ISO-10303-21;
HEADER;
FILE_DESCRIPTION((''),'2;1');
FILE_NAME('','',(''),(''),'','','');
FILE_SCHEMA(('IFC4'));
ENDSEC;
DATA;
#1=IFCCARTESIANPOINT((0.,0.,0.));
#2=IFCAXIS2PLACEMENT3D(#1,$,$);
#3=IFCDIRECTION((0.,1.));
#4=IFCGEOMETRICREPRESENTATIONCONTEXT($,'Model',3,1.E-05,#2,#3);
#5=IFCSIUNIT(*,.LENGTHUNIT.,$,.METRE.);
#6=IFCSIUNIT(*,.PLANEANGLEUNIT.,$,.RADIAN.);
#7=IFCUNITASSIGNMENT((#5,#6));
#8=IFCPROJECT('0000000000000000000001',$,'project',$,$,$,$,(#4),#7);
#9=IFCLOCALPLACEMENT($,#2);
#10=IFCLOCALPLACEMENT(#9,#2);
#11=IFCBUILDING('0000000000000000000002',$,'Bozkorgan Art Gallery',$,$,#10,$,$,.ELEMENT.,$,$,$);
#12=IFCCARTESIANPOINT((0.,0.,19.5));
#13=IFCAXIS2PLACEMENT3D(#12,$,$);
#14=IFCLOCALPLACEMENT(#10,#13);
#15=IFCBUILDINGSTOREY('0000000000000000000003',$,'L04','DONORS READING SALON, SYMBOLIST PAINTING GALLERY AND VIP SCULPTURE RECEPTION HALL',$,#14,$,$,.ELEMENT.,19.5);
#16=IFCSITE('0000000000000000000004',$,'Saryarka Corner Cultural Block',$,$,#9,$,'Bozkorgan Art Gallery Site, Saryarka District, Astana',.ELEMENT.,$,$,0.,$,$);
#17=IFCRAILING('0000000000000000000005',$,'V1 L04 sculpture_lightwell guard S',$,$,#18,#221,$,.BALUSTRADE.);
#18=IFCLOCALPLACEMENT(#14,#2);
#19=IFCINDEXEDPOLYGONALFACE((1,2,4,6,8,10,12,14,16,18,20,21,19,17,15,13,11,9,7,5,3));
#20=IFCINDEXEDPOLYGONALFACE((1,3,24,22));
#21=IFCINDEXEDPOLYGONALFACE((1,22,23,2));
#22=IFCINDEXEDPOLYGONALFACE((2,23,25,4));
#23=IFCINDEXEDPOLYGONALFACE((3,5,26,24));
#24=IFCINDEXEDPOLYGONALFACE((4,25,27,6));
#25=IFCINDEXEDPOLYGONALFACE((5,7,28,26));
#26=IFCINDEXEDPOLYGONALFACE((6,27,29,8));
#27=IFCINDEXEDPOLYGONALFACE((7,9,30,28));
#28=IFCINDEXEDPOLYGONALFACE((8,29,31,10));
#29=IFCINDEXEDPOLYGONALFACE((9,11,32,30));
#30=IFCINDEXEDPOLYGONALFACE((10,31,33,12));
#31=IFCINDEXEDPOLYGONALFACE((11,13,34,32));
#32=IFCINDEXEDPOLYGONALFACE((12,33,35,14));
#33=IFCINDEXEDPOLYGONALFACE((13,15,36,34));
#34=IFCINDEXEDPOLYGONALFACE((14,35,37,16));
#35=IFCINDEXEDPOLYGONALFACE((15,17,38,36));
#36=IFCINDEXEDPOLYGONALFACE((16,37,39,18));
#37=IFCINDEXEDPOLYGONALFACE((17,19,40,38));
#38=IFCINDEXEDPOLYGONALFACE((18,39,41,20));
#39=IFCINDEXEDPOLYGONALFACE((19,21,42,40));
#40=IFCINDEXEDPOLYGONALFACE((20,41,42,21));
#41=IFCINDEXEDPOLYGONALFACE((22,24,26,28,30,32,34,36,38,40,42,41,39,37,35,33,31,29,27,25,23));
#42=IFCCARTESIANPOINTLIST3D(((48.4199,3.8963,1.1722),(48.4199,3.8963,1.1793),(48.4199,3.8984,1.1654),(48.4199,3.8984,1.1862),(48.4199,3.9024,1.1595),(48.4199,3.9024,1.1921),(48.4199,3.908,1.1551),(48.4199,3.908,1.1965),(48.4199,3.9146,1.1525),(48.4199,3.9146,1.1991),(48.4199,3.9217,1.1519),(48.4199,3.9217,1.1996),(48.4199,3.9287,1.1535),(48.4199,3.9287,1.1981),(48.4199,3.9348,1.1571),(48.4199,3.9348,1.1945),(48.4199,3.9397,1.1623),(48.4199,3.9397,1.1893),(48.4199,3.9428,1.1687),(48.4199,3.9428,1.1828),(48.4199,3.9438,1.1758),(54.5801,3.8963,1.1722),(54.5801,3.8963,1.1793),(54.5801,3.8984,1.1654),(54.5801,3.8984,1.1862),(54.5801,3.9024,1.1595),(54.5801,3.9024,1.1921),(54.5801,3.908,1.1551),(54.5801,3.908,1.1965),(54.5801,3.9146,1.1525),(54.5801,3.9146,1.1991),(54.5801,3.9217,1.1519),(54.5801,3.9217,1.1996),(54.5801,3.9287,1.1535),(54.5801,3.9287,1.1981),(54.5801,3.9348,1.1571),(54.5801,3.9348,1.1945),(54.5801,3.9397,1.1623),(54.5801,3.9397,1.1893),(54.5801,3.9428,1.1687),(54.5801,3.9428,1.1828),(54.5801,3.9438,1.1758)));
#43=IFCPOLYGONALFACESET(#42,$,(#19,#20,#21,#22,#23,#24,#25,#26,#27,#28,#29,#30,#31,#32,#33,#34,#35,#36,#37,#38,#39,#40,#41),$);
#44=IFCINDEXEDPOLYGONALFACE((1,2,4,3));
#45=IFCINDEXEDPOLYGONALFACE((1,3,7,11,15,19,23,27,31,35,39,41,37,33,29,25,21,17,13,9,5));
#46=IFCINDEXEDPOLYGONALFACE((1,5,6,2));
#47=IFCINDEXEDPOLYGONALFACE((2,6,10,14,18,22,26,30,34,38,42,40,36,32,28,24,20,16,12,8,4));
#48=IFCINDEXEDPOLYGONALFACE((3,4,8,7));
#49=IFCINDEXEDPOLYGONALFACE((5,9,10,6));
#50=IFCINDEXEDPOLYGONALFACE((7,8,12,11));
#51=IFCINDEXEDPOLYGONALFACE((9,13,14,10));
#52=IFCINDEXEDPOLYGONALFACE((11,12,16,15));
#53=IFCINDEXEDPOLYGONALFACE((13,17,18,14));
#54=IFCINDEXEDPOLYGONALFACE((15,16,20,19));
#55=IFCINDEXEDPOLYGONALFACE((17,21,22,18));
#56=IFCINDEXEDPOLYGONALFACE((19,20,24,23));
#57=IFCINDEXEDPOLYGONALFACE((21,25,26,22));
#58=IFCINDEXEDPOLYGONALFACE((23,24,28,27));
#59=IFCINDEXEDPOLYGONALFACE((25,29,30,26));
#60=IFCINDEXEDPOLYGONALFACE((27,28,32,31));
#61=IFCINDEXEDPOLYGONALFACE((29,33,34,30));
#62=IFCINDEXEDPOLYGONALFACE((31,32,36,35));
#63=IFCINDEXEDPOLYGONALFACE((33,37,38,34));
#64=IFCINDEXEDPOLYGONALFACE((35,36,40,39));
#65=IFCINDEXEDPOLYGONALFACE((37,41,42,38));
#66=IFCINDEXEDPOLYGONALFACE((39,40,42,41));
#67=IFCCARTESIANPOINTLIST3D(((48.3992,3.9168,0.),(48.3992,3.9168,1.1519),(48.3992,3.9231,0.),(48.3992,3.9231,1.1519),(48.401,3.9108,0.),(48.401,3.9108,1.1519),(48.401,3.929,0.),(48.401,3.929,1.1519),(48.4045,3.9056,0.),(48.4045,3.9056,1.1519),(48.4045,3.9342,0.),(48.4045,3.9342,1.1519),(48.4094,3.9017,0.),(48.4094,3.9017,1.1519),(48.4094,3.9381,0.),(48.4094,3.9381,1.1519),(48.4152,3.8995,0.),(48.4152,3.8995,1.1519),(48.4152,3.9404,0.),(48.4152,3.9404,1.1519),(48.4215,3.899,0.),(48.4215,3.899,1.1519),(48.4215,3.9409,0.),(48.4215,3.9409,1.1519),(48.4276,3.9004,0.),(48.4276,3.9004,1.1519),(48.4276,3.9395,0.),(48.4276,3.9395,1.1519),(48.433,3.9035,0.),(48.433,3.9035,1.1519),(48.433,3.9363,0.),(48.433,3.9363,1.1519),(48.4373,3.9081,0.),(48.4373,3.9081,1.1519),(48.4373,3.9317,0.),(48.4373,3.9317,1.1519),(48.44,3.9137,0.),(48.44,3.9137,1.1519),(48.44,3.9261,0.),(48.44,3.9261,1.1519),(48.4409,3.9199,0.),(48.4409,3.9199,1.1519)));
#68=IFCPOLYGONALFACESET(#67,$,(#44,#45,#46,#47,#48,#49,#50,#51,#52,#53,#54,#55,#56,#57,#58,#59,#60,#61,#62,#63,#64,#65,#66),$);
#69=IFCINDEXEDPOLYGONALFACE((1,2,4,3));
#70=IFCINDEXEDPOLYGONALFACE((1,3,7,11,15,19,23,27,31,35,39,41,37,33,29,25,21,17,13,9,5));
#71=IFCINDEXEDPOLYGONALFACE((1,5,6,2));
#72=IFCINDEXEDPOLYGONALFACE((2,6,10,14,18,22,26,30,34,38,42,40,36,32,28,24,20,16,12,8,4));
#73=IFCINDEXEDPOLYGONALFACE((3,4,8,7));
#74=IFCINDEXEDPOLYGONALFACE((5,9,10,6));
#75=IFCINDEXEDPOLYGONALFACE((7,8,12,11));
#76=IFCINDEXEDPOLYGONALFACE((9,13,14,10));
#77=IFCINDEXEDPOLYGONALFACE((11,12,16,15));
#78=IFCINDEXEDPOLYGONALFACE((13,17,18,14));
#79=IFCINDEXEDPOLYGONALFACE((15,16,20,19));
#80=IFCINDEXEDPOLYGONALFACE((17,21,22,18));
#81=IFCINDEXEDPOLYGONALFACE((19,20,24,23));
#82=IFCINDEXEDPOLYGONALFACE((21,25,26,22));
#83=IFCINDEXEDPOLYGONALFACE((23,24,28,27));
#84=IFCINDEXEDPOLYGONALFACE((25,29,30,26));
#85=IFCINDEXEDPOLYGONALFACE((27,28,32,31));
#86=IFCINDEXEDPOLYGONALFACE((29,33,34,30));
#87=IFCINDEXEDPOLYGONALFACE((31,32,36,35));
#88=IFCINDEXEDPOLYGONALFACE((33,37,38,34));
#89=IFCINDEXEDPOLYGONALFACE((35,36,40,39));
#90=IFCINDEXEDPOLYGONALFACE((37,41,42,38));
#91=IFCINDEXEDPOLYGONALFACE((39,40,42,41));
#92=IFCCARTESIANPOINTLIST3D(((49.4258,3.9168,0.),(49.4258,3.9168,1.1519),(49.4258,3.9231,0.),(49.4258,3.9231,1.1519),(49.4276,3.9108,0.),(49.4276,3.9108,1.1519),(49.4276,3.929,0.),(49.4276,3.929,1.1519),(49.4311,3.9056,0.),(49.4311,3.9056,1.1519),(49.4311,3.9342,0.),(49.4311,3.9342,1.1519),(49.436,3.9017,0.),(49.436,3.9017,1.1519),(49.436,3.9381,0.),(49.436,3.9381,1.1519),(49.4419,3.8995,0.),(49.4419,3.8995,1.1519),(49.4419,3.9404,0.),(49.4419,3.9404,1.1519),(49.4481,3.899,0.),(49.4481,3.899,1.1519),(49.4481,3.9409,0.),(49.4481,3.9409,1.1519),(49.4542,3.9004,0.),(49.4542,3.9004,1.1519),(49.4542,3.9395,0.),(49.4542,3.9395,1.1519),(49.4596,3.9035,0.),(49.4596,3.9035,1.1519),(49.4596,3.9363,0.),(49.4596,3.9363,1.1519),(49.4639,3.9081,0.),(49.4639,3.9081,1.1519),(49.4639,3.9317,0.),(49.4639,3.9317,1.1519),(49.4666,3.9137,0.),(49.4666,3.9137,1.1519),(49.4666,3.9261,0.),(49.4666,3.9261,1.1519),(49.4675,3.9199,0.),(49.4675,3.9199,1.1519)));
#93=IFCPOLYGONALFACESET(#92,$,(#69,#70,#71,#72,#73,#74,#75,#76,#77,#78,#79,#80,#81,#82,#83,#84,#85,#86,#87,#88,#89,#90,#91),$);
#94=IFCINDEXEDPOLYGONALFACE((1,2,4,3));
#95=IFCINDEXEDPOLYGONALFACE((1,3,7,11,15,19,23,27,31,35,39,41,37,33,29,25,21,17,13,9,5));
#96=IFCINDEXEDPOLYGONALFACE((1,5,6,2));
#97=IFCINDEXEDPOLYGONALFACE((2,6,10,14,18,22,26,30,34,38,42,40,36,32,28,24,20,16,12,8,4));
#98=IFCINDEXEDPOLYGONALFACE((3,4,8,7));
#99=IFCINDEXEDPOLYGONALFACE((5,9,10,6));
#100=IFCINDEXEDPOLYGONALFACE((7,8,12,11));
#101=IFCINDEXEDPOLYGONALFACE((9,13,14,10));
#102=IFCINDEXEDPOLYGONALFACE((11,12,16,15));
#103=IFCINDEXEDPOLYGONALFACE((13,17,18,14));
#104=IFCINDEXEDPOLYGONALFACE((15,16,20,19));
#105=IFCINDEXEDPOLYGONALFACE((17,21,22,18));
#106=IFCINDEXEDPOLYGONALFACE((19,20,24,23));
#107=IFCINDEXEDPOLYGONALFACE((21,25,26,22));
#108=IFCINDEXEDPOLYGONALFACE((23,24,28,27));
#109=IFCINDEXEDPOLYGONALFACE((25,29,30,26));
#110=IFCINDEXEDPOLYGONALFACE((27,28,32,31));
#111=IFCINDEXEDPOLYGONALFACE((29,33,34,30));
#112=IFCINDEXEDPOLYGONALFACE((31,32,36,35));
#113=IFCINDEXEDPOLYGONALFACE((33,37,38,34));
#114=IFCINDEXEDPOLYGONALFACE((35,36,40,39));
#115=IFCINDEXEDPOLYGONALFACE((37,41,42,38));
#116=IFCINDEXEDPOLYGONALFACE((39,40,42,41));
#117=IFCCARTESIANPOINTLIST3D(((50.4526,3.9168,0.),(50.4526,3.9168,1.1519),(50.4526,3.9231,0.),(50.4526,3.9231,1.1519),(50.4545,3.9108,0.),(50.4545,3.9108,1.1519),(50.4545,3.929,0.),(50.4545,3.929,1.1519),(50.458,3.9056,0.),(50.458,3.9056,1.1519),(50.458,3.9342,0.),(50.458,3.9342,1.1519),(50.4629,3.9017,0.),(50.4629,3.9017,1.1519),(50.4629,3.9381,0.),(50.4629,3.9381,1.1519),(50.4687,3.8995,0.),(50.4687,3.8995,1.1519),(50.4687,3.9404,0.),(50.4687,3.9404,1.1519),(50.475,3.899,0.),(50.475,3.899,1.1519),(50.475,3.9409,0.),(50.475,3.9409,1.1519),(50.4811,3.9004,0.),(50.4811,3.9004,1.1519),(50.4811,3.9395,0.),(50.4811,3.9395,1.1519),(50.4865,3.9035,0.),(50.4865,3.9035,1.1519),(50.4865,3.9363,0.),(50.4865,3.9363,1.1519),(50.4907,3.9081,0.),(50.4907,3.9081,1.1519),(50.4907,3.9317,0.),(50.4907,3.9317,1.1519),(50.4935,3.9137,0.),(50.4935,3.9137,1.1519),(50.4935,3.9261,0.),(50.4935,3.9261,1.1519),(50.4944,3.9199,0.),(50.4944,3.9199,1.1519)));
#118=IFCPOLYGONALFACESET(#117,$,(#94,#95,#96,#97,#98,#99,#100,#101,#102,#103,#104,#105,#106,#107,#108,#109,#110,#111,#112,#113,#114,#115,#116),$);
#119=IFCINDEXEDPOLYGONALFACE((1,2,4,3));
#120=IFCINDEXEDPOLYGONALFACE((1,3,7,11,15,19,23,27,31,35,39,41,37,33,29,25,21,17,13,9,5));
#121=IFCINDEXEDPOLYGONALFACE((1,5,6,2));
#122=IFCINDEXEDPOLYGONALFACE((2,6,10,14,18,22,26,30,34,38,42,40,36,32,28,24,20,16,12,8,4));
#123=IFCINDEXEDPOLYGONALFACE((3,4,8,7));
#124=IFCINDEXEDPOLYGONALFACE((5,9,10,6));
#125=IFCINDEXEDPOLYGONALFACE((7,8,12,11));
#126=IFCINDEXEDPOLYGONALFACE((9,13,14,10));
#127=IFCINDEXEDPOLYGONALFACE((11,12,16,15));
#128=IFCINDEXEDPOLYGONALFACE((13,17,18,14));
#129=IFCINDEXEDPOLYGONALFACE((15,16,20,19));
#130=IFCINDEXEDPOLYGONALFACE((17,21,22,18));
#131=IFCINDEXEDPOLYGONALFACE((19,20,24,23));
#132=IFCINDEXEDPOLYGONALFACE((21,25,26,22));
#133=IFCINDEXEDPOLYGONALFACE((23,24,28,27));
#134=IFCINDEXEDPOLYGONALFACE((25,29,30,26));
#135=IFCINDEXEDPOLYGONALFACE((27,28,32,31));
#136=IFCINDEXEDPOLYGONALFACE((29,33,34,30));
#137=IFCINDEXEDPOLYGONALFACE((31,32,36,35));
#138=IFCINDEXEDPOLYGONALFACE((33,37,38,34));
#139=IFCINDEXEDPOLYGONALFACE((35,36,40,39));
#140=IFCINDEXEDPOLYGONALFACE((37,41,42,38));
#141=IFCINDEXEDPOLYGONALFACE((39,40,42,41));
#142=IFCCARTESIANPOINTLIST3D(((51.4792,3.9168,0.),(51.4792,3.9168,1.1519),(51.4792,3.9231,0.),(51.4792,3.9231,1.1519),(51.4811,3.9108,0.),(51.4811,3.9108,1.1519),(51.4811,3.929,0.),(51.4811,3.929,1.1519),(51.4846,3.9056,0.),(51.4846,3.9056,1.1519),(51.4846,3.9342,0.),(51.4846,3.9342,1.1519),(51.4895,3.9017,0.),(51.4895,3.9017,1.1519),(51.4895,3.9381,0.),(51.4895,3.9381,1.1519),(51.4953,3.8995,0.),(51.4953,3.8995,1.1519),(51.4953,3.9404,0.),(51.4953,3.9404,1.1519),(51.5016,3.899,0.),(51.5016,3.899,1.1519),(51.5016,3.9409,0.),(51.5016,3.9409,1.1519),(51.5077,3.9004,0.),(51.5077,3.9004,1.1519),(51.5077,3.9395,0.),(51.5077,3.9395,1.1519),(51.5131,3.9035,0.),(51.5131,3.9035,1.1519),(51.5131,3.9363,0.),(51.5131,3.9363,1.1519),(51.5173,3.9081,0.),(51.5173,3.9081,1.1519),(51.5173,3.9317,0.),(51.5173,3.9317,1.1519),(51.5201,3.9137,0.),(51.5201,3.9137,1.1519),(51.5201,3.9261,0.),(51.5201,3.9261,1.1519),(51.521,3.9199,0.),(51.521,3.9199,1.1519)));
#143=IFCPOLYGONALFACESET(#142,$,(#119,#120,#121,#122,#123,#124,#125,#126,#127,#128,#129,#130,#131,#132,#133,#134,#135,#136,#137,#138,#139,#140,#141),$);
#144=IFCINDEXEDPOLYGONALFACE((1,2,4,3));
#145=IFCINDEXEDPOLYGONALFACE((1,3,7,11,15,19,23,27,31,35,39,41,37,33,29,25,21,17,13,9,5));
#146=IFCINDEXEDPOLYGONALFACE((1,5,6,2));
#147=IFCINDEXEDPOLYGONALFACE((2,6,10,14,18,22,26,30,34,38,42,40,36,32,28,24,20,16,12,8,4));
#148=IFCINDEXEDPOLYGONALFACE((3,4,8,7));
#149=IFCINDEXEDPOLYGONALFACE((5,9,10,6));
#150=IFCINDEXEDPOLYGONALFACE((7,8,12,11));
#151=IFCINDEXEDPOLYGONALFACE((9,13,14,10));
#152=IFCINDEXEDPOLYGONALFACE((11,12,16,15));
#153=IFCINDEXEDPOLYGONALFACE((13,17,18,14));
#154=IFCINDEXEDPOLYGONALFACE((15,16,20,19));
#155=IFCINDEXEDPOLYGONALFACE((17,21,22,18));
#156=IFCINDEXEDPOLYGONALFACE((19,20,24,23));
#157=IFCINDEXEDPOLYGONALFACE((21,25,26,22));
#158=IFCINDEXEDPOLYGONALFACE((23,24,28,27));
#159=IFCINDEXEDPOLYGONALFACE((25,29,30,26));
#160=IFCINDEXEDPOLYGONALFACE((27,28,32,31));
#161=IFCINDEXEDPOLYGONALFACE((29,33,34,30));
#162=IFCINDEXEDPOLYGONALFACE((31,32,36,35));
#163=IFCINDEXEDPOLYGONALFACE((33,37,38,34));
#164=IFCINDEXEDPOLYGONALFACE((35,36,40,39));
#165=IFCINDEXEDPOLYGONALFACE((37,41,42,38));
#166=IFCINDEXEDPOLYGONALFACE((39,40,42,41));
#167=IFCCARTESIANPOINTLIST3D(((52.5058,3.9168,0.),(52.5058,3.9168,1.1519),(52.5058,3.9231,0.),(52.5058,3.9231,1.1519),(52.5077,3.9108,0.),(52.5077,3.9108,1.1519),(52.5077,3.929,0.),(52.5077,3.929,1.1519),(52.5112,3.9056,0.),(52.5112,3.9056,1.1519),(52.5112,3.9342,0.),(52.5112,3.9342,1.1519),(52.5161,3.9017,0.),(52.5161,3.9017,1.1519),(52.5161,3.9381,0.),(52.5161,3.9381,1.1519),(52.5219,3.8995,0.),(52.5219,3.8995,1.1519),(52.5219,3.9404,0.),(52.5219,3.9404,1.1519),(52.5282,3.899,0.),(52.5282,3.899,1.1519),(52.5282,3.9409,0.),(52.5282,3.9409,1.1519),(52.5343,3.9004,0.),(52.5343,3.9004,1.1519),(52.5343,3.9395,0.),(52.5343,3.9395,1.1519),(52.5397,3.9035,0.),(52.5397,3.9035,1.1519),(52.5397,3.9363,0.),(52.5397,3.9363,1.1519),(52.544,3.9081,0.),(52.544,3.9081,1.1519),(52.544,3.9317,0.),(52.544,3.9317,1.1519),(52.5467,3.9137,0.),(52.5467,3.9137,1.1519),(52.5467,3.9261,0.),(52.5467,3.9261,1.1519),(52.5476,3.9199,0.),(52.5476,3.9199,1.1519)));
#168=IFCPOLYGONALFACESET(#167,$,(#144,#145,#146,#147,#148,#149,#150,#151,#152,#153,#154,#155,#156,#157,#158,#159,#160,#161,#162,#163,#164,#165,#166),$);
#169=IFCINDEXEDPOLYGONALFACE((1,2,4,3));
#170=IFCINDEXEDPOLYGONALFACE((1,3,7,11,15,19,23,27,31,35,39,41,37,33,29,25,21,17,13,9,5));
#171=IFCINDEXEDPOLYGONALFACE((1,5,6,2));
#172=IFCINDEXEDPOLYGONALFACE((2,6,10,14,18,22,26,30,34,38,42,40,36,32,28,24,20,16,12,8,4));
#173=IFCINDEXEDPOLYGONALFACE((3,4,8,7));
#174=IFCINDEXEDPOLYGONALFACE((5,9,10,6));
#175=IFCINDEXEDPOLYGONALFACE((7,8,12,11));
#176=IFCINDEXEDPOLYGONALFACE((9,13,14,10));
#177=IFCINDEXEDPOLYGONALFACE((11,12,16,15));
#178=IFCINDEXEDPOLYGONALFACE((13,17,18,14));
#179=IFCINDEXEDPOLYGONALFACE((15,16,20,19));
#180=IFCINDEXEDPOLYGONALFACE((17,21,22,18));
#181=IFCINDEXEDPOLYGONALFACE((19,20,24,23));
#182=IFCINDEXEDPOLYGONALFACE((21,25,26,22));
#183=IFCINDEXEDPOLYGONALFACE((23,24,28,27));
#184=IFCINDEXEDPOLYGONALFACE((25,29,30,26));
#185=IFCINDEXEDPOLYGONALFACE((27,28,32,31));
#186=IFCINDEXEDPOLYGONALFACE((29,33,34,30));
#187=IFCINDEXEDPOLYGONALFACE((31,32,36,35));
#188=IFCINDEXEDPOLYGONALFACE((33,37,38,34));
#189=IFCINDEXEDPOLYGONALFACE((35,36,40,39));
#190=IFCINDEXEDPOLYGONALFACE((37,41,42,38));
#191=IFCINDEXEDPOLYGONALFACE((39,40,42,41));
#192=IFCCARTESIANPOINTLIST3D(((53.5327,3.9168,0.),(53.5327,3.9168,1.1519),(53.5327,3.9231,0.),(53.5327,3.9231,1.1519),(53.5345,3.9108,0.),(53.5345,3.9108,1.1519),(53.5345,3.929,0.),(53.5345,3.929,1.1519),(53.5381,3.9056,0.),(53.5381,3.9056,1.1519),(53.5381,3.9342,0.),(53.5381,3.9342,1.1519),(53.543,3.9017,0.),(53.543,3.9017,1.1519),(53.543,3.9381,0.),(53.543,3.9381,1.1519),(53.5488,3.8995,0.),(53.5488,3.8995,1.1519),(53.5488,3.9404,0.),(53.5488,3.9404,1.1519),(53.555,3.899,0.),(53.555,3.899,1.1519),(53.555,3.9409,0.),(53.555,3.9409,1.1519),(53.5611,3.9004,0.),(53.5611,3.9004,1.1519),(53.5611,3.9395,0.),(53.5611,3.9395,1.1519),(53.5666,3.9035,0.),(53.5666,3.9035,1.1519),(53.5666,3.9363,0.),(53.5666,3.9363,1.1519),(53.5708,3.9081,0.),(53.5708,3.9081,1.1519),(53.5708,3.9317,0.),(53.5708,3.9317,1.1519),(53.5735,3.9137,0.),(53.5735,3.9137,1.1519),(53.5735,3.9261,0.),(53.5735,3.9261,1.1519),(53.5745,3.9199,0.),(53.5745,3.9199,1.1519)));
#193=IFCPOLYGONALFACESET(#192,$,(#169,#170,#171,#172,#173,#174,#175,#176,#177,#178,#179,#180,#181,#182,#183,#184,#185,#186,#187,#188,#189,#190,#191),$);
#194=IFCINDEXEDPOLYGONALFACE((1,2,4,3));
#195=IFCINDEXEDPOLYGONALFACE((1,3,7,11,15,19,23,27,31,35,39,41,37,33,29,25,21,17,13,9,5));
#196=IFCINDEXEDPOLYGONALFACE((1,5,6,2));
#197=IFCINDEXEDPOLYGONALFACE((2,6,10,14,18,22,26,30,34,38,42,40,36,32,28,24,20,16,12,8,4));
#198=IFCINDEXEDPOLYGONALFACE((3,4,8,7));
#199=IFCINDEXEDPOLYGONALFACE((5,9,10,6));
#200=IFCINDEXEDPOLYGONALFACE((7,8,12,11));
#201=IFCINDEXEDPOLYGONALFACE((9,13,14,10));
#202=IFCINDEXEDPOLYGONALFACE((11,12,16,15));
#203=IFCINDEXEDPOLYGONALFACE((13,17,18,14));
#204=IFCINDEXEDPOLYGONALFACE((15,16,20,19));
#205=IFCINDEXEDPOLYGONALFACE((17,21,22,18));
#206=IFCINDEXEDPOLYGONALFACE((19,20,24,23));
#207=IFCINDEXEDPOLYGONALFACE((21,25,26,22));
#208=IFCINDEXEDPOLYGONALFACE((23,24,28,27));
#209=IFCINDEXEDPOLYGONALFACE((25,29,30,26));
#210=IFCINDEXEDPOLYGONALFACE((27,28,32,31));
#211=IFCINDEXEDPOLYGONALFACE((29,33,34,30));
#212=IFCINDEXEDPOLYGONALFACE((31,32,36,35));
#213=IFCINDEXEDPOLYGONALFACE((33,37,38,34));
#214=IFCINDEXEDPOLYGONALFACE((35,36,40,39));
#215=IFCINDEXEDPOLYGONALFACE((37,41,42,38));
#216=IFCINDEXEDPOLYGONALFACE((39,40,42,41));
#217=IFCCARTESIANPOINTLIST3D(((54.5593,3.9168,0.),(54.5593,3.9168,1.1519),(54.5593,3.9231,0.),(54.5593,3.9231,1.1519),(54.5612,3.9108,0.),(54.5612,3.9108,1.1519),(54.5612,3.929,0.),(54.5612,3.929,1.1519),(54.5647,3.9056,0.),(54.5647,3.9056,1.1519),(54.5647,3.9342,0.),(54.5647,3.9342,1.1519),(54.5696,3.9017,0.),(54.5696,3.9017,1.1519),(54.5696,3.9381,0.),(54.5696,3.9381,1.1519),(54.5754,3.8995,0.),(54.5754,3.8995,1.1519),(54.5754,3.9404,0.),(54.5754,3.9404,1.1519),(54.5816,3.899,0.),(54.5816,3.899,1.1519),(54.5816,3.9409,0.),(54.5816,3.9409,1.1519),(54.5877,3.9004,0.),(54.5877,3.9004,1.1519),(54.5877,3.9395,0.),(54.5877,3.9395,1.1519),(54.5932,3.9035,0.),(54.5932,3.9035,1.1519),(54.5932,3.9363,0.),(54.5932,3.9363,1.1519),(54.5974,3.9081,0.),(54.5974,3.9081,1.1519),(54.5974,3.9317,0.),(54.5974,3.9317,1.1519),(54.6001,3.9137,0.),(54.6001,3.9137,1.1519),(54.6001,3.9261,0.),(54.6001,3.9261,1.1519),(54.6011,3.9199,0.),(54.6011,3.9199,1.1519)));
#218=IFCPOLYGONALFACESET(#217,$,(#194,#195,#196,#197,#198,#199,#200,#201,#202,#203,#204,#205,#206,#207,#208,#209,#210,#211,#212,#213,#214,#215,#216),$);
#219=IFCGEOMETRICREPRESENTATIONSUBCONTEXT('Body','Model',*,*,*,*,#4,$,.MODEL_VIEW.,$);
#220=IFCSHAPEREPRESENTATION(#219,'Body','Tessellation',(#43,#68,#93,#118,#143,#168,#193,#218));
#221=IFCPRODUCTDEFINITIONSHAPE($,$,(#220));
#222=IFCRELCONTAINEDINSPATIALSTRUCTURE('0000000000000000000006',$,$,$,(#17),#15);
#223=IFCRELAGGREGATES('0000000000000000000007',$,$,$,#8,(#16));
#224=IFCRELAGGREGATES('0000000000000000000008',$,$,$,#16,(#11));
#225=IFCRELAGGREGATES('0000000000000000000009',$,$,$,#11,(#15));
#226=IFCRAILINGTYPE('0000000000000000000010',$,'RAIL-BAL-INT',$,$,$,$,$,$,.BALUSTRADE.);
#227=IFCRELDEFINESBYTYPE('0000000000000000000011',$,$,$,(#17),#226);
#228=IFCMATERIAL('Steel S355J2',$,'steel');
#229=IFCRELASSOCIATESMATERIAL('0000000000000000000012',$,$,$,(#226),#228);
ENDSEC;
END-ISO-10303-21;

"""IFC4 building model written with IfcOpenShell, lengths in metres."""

from ifc_helpers import new_model, si_unit, direction, frame, origin, origin_2d, place, context, subcontext, project, spatial, circle, extrude, material, type_object, element, save


model = new_model("IFC4")

# Units and contexts
model_context = context("Model", 3, precision=1e-05, world=origin(), true_north=direction((0.0, 1.0)))
body_context = subcontext(model_context, "Body", "Model", "MODEL_VIEW")
ifc_project = project(units=[si_unit("LENGTHUNIT", "METRE"), si_unit("PLANEANGLEUNIT", "RADIAN")], contexts=[model_context])

# Site, building, storey
site_placement = place(None, origin())
site = spatial("IfcSite", under=ifc_project, at=site_placement, Name="Saryarka Corner Cultural Block", LongName="Bozkorgan Art Gallery Site, Saryarka District, Astana", CompositionType="ELEMENT", RefElevation=0.0)
building_placement = place(site_placement, origin())
building = spatial("IfcBuilding", under=site, at=building_placement, Name="Bozkorgan Art Gallery", CompositionType="ELEMENT")
storey_placement = place(building_placement, frame((0.0, 0.0, 19.5)))
storey = spatial("IfcBuildingStorey", under=building, at=storey_placement, Name="L04", Description="DONORS READING SALON, SYMBOLIST PAINTING GALLERY AND VIP SCULPTURE RECEPTION HALL", CompositionType="ELEMENT", Elevation=19.5)

# Shared definitions
ifc_material_1 = material(Name="Steel S355J2", Category="steel")

# Railing
railing_type = type_object("IfcRailingType", Name="RAIL-BAL-INT", PredefinedType="BALUSTRADE", material=ifc_material_1)
railing_1_placement = place(storey_placement, frame((48.4199, 3.9199, 0.0)))
element("IfcRailing", 1, at=railing_1_placement, inside=storey, type_object=railing_type, Name="V1 L04 sculpture_lightwell guard S", PredefinedType="BALUSTRADE", context=body_context, shape_type="SweptSolid", body=[
    extrude(circle(Radius=0.0239, at=origin_2d()), frame((0.0, 0.0, 1.1758), z_axis=(1.0, 0.0, 0.0), x_axis=(0.0, 1.0, 0.0)), (0.0, 0.0, 1.0), 6.1602),
    extrude(circle(Radius=0.021, at=origin_2d()), origin(), (0.0, 0.0, 1.0), 1.1519),
    extrude(circle(Radius=0.021, at=origin_2d()), frame((1.0266, 0.0, 0.0)), (0.0, 0.0, 1.0), 1.1519),
    extrude(circle(Radius=0.021, at=origin_2d()), frame((2.0535, 0.0, 0.0)), (0.0, 0.0, 1.0), 1.1519),
    extrude(circle(Radius=0.021, at=origin_2d()), frame((3.0801, 0.0, 0.0)), (0.0, 0.0, 1.0), 1.1519),
    extrude(circle(Radius=0.021, at=origin_2d()), frame((4.1067, 0.0, 0.0)), (0.0, 0.0, 1.0), 1.1519),
    extrude(circle(Radius=0.021, at=origin_2d()), frame((5.1335, 0.0, 0.0)), (0.0, 0.0, 1.0), 1.1519),
    extrude(circle(Radius=0.021, at=origin_2d()), frame((6.1602, 0.0, 0.0)), (0.0, 0.0, 1.0), 1.1519),
])

save(model, "model.ifc")
